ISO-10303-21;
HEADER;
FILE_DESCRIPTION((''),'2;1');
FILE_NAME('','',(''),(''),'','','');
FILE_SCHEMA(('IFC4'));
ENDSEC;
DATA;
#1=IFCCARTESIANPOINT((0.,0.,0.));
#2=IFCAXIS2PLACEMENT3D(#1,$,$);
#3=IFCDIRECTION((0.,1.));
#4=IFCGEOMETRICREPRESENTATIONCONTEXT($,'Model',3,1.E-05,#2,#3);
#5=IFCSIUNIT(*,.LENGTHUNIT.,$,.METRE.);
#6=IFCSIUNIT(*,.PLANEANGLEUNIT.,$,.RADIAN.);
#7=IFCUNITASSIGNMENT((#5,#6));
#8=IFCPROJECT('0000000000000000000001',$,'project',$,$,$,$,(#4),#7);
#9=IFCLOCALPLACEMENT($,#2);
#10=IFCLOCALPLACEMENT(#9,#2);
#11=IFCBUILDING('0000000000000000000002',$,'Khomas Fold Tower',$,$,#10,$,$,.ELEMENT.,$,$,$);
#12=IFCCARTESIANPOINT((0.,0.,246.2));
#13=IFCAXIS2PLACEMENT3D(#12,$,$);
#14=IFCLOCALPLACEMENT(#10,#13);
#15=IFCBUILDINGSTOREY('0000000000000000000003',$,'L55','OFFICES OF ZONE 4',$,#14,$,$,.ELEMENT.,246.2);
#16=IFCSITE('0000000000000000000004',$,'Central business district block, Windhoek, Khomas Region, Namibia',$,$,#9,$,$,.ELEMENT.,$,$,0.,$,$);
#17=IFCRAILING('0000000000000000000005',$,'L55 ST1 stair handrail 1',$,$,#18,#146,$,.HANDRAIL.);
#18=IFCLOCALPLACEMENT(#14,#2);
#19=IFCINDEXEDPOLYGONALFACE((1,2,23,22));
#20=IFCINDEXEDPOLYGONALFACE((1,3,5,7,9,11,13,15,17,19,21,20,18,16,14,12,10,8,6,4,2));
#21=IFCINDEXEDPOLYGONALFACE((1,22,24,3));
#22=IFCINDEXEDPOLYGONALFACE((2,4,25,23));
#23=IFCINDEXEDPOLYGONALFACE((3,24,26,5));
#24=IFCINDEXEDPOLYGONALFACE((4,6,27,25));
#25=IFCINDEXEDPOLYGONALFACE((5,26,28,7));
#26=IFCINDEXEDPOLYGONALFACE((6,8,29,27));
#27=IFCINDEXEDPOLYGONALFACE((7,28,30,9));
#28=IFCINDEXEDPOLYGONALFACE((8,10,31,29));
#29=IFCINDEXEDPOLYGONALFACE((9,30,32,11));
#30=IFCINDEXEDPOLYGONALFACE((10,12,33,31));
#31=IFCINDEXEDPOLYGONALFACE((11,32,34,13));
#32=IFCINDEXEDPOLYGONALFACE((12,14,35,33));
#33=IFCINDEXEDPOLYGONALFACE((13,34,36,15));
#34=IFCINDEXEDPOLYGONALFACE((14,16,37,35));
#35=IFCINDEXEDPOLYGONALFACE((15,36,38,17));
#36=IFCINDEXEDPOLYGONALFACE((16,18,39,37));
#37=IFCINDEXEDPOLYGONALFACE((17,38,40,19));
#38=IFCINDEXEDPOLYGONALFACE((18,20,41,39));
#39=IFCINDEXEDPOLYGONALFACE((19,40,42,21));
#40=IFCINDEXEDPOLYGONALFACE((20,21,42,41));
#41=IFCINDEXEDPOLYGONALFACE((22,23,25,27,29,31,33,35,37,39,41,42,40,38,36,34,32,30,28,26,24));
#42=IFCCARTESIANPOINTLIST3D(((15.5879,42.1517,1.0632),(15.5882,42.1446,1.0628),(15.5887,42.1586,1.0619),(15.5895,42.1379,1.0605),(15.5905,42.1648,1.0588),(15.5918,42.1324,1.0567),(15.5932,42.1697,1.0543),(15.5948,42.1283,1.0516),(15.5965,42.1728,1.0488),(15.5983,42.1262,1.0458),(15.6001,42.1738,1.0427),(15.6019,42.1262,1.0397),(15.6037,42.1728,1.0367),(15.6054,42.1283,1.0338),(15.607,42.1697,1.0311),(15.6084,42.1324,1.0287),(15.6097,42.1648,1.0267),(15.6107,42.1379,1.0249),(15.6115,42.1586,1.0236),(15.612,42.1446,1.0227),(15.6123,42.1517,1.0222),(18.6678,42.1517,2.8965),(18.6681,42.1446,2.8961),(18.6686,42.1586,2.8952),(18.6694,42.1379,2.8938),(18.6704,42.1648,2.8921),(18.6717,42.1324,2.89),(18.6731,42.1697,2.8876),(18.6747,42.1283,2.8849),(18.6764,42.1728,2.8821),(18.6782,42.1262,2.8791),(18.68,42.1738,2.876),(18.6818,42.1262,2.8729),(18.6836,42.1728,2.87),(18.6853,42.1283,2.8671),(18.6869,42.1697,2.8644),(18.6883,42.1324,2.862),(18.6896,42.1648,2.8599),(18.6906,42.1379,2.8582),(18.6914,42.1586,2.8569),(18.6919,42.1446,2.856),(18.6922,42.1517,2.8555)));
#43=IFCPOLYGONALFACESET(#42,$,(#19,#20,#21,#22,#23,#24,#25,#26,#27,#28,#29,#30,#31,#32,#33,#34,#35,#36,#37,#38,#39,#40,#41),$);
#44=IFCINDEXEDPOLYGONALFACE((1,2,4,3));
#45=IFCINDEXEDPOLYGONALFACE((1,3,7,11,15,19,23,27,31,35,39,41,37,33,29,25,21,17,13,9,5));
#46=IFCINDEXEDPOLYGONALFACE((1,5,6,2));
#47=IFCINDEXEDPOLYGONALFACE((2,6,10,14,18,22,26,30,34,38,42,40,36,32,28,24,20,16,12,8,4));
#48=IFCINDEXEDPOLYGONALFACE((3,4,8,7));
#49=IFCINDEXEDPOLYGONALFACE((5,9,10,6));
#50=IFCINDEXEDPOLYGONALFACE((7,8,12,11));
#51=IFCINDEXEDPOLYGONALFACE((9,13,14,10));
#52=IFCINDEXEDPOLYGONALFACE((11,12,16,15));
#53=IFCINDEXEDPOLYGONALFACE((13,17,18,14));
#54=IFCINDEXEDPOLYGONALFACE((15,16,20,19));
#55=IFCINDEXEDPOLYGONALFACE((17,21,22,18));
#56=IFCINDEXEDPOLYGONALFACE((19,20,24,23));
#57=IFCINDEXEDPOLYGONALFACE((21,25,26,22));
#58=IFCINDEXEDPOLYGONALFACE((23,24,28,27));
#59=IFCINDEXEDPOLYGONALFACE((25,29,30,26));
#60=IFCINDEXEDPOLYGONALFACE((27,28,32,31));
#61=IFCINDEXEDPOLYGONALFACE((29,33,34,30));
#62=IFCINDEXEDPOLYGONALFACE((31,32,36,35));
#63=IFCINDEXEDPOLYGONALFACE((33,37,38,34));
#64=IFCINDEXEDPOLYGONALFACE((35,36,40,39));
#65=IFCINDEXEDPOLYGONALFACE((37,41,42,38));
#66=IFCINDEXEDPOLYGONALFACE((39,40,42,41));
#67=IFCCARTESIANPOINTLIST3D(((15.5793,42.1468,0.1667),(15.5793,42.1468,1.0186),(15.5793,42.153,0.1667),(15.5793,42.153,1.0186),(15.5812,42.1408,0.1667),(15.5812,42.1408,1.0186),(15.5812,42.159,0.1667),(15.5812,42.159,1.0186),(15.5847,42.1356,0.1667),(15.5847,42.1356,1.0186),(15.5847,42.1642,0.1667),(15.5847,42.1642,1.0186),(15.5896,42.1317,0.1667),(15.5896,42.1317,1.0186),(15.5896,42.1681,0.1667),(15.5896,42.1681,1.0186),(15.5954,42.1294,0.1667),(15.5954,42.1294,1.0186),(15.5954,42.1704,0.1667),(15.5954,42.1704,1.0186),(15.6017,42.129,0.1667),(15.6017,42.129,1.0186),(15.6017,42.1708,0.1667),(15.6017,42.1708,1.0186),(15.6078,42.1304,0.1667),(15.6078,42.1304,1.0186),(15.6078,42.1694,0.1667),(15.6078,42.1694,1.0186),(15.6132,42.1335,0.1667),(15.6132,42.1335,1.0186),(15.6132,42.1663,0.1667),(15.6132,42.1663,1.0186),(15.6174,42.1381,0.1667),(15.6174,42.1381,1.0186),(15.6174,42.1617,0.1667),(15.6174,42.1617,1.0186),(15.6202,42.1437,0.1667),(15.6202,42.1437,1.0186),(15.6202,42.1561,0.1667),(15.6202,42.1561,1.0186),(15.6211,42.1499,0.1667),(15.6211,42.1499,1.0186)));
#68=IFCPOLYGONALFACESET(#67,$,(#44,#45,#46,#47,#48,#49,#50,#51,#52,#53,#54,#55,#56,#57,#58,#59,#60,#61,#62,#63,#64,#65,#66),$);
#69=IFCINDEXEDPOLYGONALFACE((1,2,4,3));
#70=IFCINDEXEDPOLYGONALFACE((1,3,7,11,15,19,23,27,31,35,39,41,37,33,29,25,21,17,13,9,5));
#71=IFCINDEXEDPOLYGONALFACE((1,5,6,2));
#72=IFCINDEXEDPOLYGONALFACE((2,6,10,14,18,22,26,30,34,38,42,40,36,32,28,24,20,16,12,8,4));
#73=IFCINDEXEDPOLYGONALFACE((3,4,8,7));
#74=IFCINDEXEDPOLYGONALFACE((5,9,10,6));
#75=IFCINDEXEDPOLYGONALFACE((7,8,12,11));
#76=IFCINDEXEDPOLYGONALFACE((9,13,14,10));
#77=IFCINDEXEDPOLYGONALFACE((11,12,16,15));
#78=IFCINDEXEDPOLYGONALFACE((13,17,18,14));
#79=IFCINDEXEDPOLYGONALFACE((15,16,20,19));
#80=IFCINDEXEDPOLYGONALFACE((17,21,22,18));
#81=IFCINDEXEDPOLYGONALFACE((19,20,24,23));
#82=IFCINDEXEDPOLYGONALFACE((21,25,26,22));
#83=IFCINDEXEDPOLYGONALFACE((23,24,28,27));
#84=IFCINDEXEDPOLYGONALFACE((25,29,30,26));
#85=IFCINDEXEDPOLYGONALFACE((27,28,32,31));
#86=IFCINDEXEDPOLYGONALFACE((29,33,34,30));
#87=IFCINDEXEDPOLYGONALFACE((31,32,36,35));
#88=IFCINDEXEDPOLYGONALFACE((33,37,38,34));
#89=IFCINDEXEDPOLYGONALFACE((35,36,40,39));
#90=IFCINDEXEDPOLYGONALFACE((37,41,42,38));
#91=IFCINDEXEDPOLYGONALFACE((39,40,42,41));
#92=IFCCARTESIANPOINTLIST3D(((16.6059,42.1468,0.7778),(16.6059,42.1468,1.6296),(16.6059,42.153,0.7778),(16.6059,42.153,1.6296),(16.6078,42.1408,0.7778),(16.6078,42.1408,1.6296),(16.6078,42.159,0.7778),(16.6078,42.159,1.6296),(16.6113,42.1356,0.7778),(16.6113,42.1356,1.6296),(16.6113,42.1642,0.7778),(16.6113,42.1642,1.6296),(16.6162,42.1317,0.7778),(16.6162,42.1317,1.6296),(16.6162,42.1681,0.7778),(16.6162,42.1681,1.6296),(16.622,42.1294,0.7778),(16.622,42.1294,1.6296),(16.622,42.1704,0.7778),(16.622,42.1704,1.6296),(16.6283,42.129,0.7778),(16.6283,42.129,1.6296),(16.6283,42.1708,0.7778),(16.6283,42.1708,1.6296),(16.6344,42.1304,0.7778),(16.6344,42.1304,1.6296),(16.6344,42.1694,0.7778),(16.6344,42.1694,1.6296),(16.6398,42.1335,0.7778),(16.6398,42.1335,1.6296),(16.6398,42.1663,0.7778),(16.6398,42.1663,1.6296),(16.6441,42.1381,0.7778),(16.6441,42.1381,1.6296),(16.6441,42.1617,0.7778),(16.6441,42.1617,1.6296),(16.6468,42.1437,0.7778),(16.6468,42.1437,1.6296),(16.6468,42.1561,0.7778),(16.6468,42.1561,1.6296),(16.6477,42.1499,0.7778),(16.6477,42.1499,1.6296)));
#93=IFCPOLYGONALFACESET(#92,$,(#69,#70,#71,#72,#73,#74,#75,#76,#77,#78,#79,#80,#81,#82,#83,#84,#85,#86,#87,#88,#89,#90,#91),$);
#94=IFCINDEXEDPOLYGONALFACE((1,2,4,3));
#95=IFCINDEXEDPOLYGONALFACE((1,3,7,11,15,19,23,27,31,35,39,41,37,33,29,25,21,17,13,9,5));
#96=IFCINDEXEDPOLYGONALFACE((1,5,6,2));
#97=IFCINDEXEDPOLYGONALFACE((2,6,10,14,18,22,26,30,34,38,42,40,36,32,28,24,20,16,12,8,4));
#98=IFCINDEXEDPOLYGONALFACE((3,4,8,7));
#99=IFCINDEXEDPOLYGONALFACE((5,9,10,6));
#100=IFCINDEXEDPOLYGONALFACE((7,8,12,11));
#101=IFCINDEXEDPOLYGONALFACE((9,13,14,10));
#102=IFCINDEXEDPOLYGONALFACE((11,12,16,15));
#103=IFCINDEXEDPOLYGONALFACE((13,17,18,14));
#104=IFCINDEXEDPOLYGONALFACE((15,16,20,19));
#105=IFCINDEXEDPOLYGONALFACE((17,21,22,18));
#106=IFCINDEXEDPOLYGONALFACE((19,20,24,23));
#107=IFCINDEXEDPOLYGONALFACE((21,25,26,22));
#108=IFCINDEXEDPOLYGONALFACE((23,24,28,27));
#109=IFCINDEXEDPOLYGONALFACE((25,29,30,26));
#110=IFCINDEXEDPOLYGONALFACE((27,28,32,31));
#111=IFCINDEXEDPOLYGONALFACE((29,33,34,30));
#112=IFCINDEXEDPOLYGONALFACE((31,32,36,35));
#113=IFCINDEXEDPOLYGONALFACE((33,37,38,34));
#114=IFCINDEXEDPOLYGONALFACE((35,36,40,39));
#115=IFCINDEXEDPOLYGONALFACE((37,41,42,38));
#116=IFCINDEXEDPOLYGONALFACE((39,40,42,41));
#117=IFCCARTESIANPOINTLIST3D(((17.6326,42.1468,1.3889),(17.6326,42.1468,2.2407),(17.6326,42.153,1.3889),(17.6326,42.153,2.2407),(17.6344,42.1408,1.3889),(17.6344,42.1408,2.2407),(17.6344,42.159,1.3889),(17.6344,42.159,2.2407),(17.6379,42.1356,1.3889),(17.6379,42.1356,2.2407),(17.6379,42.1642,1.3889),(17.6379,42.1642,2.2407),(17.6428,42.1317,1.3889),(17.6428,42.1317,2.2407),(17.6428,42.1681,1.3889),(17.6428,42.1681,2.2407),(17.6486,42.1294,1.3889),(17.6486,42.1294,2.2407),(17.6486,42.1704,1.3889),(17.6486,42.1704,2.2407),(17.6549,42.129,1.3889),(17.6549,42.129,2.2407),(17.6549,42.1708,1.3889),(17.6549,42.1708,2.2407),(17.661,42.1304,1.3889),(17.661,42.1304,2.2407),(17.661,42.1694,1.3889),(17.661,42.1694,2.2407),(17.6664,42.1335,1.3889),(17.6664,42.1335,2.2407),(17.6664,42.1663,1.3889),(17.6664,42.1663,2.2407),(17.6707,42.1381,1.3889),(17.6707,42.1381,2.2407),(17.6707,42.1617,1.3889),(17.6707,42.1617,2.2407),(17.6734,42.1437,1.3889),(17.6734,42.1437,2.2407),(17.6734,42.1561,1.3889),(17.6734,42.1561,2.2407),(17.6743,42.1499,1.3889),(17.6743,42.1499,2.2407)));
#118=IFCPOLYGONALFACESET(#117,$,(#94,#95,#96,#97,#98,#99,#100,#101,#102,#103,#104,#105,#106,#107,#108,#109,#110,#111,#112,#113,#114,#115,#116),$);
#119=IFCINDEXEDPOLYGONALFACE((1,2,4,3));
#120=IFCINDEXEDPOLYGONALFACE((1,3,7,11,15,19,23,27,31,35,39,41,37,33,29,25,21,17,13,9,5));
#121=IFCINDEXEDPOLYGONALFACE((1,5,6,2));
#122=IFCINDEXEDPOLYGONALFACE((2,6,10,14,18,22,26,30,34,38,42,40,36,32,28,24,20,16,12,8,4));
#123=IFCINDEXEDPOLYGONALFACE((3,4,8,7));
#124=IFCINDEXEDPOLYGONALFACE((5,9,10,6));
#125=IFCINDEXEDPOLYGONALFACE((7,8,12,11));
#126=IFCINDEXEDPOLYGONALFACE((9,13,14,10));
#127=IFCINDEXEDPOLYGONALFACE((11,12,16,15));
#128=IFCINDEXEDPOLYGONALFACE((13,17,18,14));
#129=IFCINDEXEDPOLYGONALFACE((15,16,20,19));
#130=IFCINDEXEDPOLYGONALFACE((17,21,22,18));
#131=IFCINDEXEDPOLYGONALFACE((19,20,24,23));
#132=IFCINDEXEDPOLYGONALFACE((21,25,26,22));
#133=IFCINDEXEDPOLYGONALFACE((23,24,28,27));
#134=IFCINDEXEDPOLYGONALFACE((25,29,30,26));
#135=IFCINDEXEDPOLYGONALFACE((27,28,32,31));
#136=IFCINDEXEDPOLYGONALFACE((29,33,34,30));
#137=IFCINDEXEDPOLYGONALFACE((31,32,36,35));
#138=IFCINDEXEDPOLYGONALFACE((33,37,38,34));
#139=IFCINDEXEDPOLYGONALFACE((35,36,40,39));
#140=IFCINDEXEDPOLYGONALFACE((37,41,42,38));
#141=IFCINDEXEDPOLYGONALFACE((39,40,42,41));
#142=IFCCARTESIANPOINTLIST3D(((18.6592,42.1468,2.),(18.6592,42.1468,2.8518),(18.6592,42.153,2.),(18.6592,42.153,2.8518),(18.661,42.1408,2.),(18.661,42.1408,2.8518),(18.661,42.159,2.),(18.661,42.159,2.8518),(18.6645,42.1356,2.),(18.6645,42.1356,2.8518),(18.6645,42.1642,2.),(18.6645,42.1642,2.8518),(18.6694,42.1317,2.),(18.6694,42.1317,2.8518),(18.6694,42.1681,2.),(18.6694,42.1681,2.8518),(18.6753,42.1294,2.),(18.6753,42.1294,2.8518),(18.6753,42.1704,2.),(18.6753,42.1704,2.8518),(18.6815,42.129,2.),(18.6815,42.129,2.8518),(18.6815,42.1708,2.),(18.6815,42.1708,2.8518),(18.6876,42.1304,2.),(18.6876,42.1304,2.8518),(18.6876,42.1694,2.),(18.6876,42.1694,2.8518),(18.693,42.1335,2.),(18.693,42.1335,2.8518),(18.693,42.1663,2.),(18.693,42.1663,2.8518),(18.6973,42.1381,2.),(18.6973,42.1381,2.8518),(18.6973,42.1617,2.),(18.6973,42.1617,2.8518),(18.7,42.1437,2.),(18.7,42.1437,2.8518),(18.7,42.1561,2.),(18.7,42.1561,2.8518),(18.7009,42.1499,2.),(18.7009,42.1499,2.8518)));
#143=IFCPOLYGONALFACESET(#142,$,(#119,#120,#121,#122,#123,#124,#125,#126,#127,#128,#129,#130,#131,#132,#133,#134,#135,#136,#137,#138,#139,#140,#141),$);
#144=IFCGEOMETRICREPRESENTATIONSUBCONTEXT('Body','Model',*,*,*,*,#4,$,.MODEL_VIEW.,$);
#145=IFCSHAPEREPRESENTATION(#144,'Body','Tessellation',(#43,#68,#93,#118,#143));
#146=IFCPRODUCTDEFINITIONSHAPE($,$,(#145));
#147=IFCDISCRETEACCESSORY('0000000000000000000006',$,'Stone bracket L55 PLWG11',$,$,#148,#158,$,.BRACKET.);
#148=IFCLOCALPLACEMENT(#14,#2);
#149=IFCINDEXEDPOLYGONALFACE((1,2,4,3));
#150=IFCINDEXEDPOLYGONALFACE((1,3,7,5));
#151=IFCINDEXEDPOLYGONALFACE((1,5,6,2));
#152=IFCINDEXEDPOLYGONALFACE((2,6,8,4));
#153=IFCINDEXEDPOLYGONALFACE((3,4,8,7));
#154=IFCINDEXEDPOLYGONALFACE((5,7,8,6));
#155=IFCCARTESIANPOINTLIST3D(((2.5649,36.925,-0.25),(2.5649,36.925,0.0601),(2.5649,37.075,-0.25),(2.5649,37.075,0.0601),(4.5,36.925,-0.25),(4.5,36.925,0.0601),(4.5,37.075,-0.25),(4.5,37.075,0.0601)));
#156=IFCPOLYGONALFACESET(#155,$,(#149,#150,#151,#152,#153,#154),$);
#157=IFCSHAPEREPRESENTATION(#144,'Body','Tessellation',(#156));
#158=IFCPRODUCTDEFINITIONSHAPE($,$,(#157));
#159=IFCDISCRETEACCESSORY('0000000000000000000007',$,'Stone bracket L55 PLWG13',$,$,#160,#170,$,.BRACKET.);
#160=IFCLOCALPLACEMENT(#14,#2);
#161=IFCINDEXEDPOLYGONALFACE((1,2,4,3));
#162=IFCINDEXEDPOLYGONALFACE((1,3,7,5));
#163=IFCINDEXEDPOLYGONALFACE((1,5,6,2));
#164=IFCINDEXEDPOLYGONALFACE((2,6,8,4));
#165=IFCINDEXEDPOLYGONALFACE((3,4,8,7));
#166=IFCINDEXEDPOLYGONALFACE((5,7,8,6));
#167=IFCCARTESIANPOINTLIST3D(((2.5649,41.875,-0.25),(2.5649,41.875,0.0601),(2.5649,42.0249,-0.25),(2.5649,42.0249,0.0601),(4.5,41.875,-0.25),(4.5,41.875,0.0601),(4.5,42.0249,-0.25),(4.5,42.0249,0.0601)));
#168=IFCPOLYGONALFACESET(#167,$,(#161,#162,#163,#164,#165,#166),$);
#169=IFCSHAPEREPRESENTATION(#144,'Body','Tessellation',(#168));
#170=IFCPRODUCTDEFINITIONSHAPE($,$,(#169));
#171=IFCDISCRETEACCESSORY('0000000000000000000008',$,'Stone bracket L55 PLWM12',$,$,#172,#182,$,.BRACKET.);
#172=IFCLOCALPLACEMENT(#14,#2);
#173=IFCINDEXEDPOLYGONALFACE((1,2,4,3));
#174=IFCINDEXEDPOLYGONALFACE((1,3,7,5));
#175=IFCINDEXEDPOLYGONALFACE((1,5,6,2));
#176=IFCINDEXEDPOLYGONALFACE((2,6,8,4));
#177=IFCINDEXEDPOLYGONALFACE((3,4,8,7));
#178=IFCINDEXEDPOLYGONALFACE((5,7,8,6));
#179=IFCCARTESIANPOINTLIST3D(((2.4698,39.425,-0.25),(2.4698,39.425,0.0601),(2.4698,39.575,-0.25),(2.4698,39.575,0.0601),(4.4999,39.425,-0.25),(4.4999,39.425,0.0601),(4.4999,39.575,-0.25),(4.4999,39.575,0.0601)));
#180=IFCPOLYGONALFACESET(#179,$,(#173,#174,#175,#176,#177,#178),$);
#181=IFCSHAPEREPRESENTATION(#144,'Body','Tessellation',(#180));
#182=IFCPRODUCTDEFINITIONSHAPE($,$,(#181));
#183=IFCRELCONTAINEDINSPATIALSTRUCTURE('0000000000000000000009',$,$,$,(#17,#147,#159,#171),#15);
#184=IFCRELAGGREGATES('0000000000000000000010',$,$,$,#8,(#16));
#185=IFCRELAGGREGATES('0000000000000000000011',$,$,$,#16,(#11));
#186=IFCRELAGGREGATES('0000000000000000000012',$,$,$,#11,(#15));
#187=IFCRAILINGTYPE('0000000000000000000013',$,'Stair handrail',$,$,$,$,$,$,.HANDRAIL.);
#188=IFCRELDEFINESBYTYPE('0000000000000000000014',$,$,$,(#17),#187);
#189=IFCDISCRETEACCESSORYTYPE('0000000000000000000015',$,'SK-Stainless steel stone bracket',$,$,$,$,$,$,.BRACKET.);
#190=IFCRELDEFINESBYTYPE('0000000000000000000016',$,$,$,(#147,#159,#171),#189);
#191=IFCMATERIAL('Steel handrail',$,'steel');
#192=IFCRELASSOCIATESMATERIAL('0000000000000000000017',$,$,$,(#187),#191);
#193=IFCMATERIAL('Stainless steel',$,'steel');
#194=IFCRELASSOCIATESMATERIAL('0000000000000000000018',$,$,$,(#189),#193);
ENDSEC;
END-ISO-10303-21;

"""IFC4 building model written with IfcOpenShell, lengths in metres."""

from ifc_helpers import new_model, si_unit, direction, frame, origin, origin_2d, place, context, subcontext, project, spatial, rectangle, circle, extrude, source, transform, mapped, material, type_object, element, save


model = new_model("IFC4")

# Units and contexts
model_context = context("Model", 3, precision=1e-05, world=origin(), true_north=direction((0.0, 1.0)))
body_context = subcontext(model_context, "Body", "Model", "MODEL_VIEW")
ifc_project = project(units=[si_unit("LENGTHUNIT", "METRE"), si_unit("PLANEANGLEUNIT", "RADIAN")], contexts=[model_context])

# Site, building, storey
site_placement = place(None, origin())
site = spatial("IfcSite", under=ifc_project, at=site_placement, Name="Central business district block, Windhoek, Khomas Region, Namibia", CompositionType="ELEMENT", RefElevation=0.0)
building_placement = place(site_placement, origin())
building = spatial("IfcBuilding", under=site, at=building_placement, Name="Khomas Fold Tower", CompositionType="ELEMENT")
storey_placement = place(building_placement, frame((0.0, 0.0, 246.2)))
storey = spatial("IfcBuildingStorey", under=building, at=storey_placement, Name="L55", Description="OFFICES OF ZONE 4", CompositionType="ELEMENT", Elevation=246.2)

# Railing
ifc_material_1 = material(Name="Steel handrail", Category="steel")
railing_type_1 = type_object("IfcRailingType", Name="Stair handrail", PredefinedType="HANDRAIL", material=ifc_material_1)
shared_shape_1 = source(origin(), body_context, "Body", "SweptSolid", [
    extrude(circle(Radius=0.0239, at=origin_2d()), frame((0.0, 0.0, 0.876), z_axis=(0.859291, 0.0, 0.511487), x_axis=(0.0, 1.0, 0.0)), (0.0, 0.0, 1.0), 3.5842),
    extrude(circle(Radius=0.021, at=origin_2d()), origin(), (0.0, 0.0, 1.0), 0.8518),
    extrude(circle(Radius=0.021, at=origin_2d()), frame((1.0266, 0.0, 0.6111)), (0.0, 0.0, 1.0), 0.8518),
    extrude(circle(Radius=0.021, at=origin_2d()), frame((2.0532, 0.0, 1.2222)), (0.0, 0.0, 1.0), 0.8518),
    extrude(circle(Radius=0.021, at=origin_2d()), frame((3.0798, 0.0, 1.8333)), (0.0, 0.0, 1.0), 0.8518),
])
railing_1_placement = place(storey_placement, frame((15.6001, 42.1499, 0.1667)))
element("IfcRailing", 1, at=railing_1_placement, inside=storey, type_object=railing_type_1, Name="L55 ST1 stair handrail 1", PredefinedType="HANDRAIL", context=body_context, shape_type="MappedRepresentation", body=[
    mapped(shared_shape_1, transform((0.0, 0.0, 0.0))),
])

# Discrete accessories
ifc_material_2 = material(Name="Stainless steel", Category="steel")
discrete_accessory_type = type_object("IfcDiscreteAccessoryType", Name="SK-Stainless steel stone bracket", PredefinedType="BRACKET", material=ifc_material_2)
shared_shape_2 = source(origin(), body_context, "Body", "SweptSolid", [
    extrude(rectangle(XDim=1.9351, YDim=0.1499, at=origin_2d()), origin(), (0.0, 0.0, 1.0), 0.3101),
])
for number, where, z_axis, x_axis, name in (
    (2, (3.5325, 37.0, -0.25), (0.0, 0.0, 1.0), (-1.0, 0.0, 0.0), "Stone bracket L55 PLWG11"),
    (3, (3.5325, 41.95, -0.25), (0.0, 0.0, 1.0), (-1.0, 0.0, 0.0), "Stone bracket L55 PLWG13"),
):
    element("IfcDiscreteAccessory", number, at=place(storey_placement, frame(where, z_axis=z_axis, x_axis=x_axis)), inside=storey, type_object=discrete_accessory_type, Name=name, PredefinedType="BRACKET", context=body_context, shape_type="MappedRepresentation", body=[
        mapped(shared_shape_2, transform((0.0, 0.0, 0.0))),
    ])
shared_shape_3 = source(origin(), body_context, "Body", "SweptSolid", [
    extrude(rectangle(XDim=2.03, YDim=0.1499, at=origin_2d()), origin(), (0.0, 0.0, 1.0), 0.3101),
])
discrete_accessory_placement = place(storey_placement, frame((3.4849, 39.5, -0.25), z_axis=(0.0, 0.0, 1.0), x_axis=(-1.0, 0.0, 0.0)))
element("IfcDiscreteAccessory", 4, at=discrete_accessory_placement, inside=storey, type_object=discrete_accessory_type, Name="Stone bracket L55 PLWM12", PredefinedType="BRACKET", context=body_context, shape_type="MappedRepresentation", body=[
    mapped(shared_shape_3, transform((0.0, 0.0, 0.0))),
])

save(model, "model.ifc")
